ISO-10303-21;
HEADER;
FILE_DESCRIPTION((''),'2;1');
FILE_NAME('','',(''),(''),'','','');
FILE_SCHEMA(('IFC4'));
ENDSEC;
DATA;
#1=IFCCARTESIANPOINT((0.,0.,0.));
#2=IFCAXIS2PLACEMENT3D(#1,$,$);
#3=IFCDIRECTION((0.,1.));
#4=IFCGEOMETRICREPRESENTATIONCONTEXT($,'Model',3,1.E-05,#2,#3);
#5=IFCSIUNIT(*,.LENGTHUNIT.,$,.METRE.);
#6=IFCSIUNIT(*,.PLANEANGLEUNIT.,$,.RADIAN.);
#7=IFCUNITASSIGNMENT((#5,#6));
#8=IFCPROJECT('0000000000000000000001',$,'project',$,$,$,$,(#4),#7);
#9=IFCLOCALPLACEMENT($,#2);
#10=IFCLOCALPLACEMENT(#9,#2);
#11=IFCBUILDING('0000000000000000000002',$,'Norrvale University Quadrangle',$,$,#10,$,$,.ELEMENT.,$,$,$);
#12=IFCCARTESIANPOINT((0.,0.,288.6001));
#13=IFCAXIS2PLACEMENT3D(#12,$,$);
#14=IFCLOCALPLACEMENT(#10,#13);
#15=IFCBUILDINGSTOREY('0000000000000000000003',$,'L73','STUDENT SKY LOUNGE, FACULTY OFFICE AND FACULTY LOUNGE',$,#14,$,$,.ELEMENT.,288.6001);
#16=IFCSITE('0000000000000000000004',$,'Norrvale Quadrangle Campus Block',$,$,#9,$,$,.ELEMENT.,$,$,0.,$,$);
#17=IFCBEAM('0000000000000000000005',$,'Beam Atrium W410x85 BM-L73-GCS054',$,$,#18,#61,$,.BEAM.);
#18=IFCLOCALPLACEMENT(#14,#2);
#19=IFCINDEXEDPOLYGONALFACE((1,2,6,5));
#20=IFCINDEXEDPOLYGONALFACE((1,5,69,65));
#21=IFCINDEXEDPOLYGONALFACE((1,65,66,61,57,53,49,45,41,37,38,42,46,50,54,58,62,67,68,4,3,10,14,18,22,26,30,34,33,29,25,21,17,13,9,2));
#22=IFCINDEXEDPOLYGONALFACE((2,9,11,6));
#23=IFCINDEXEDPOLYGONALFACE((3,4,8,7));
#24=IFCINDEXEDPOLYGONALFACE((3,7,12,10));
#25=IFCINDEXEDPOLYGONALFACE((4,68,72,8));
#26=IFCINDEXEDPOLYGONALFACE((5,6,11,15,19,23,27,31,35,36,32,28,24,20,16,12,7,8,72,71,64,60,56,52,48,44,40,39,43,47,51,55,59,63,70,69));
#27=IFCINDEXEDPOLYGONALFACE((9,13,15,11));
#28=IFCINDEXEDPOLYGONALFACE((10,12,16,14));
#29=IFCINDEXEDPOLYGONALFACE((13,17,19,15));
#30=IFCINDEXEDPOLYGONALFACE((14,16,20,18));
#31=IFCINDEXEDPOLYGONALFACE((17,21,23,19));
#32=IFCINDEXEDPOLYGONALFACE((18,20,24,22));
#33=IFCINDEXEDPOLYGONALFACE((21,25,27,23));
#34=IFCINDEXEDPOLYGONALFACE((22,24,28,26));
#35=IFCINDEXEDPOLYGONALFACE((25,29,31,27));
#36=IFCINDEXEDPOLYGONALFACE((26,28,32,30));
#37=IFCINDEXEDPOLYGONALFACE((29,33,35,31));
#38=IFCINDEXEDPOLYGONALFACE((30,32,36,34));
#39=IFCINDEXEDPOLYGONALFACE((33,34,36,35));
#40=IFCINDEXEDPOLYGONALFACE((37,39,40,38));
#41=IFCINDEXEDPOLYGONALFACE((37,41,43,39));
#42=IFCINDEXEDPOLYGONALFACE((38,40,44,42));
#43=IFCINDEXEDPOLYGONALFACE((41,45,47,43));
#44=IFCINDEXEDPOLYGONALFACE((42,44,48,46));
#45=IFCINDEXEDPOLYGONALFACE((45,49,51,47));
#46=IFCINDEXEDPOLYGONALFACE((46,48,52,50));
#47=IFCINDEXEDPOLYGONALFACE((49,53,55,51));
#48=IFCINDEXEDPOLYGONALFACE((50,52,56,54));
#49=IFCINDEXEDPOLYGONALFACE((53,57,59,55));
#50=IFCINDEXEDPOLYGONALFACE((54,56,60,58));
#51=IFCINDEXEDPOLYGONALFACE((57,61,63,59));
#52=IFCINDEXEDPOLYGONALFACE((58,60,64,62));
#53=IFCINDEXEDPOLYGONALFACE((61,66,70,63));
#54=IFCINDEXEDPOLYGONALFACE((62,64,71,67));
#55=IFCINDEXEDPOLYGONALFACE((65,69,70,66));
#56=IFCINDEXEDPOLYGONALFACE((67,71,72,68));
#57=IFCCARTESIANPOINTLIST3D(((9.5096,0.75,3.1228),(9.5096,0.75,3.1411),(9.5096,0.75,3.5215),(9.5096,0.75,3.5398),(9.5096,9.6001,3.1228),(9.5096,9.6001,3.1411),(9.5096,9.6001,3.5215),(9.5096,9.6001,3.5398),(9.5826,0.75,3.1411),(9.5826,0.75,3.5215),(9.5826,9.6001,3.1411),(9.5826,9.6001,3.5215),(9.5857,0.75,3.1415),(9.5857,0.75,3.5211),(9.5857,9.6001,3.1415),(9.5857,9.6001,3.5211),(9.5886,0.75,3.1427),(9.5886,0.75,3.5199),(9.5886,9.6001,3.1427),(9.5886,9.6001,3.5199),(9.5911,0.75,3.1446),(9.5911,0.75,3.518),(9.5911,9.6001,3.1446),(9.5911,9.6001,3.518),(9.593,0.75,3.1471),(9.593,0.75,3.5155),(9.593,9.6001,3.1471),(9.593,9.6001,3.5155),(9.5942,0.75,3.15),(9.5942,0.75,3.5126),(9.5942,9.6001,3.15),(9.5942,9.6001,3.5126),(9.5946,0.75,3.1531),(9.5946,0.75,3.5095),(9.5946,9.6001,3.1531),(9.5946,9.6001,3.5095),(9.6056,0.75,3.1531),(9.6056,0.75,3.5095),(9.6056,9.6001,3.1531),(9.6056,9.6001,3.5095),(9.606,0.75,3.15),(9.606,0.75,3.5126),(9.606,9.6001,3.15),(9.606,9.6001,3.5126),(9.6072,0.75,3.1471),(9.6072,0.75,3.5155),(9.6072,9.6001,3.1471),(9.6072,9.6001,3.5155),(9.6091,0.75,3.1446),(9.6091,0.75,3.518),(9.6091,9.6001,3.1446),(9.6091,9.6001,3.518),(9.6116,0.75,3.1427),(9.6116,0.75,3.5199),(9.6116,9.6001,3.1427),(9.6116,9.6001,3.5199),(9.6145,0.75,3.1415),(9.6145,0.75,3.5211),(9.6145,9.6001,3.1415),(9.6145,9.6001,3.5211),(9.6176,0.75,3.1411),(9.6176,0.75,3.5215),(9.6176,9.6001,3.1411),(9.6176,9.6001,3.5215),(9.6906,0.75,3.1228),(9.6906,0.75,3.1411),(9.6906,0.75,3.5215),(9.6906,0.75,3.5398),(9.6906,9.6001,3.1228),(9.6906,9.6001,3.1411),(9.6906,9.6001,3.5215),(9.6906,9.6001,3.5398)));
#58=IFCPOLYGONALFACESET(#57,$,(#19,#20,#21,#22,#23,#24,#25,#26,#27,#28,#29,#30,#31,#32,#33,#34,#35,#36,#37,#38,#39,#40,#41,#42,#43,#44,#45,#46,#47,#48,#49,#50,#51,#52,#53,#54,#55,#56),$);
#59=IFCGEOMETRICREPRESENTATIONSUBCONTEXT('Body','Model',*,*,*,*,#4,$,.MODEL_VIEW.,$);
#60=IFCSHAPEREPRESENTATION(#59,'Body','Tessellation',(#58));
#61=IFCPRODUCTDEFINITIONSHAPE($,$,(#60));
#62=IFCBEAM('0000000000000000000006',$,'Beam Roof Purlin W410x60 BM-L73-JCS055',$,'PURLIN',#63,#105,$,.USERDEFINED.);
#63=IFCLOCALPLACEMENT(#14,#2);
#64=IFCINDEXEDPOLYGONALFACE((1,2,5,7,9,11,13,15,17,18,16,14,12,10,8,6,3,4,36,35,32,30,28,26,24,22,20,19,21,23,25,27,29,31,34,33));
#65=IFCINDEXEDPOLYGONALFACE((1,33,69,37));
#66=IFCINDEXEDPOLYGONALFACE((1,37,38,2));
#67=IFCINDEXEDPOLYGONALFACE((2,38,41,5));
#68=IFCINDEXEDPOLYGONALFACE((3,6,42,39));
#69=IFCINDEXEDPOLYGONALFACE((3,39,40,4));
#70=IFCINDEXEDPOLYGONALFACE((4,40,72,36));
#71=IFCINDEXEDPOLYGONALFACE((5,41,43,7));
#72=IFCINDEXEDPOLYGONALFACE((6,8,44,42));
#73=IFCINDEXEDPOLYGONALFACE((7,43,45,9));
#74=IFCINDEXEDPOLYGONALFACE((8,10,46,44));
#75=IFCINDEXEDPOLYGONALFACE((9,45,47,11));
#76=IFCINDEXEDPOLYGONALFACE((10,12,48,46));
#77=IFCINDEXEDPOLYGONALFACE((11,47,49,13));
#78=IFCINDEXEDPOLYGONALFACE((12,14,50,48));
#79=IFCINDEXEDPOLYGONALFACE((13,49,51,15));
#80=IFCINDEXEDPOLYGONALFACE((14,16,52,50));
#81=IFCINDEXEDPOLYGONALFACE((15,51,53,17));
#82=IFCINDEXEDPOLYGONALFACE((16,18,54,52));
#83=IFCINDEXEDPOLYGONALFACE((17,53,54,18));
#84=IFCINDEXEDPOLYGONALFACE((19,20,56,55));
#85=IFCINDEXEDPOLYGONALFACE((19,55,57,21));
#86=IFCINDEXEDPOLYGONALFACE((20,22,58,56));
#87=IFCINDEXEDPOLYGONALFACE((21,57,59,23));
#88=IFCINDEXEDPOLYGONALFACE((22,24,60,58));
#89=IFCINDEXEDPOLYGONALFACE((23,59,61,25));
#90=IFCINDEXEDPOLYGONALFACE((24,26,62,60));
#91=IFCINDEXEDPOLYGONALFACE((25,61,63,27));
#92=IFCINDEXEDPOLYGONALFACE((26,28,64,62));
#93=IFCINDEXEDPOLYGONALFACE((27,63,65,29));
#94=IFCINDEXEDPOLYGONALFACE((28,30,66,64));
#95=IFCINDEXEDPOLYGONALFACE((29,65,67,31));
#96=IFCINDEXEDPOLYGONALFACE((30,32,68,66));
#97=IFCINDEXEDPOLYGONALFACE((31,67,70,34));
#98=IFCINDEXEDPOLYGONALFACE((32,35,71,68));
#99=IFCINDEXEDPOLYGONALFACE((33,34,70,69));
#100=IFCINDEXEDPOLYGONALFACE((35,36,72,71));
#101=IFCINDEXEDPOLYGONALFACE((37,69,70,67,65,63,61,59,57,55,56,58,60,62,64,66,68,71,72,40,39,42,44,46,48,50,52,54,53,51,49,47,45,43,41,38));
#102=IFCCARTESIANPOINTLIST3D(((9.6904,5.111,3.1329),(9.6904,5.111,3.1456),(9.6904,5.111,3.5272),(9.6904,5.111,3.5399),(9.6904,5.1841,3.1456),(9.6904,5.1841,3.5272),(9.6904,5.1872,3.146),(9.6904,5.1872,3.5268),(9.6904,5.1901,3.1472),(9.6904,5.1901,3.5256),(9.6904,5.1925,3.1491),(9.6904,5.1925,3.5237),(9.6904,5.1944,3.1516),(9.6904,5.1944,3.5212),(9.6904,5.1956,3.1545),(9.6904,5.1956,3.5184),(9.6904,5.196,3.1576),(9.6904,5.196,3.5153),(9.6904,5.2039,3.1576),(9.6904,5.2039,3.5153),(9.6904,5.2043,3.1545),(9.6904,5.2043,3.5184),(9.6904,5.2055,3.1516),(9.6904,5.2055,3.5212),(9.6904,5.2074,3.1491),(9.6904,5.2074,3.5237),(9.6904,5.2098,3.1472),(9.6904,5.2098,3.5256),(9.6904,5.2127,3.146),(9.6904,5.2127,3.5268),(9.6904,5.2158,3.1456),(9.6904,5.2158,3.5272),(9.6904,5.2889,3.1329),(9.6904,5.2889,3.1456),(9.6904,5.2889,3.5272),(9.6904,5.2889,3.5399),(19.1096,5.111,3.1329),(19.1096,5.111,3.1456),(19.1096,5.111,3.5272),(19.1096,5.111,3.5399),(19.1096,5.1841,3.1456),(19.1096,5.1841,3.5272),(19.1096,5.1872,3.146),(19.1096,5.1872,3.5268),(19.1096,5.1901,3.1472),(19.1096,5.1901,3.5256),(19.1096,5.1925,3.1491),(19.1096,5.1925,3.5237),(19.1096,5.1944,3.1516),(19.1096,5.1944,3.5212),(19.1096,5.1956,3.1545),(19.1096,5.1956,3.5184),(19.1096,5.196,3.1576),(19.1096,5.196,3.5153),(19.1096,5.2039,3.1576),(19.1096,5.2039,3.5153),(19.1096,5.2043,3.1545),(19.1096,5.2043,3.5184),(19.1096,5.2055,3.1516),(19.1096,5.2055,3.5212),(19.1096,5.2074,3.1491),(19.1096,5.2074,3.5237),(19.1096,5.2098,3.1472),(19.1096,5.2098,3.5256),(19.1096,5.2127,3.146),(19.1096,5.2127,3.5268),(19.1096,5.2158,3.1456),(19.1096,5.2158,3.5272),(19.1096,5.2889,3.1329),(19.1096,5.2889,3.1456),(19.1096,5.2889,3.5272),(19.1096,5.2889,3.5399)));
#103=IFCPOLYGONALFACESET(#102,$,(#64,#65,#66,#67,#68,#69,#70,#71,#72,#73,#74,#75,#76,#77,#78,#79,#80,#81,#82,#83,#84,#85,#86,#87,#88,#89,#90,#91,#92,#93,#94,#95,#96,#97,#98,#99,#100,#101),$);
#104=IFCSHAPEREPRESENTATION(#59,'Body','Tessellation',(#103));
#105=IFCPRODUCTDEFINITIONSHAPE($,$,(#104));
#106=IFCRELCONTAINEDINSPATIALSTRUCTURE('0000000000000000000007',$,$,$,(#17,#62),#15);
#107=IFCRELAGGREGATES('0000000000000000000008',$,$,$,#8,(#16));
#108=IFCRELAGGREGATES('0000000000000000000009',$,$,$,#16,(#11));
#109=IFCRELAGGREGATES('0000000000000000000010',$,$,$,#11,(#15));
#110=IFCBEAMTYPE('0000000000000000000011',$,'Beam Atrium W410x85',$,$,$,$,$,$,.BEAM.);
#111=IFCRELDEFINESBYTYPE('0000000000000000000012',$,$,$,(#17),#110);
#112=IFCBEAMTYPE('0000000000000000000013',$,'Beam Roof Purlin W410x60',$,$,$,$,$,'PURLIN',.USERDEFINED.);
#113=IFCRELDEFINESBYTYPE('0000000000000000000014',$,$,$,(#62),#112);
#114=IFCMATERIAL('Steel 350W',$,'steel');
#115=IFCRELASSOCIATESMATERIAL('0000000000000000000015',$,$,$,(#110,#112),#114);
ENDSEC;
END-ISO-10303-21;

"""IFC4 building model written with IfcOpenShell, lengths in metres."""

from ifc_helpers import new_model, si_unit, direction, frame, origin, origin_2d, place, context, subcontext, project, spatial, i_section, extrude, material, material_profile, profile_set, type_object, element, save


model = new_model("IFC4")

# Units and contexts
model_context = context("Model", 3, precision=1e-05, world=origin(), true_north=direction((0.0, 1.0)))
body_context = subcontext(model_context, "Body", "Model", "MODEL_VIEW")
ifc_project = project(units=[si_unit("LENGTHUNIT", "METRE"), si_unit("PLANEANGLEUNIT", "RADIAN")], contexts=[model_context])

# Site, building, storey
site_placement = place(None, origin())
site = spatial("IfcSite", under=ifc_project, at=site_placement, Name="Norrvale Quadrangle Campus Block", CompositionType="ELEMENT", RefElevation=0.0)
building_placement = place(site_placement, origin())
building = spatial("IfcBuilding", under=site, at=building_placement, Name="Norrvale University Quadrangle", CompositionType="ELEMENT")
storey_placement = place(building_placement, frame((0.0, 0.0, 288.6001)))
storey = spatial("IfcBuildingStorey", under=building, at=storey_placement, Name="L73", Description="STUDENT SKY LOUNGE, FACULTY OFFICE AND FACULTY LOUNGE", CompositionType="ELEMENT", Elevation=288.6001)

# Beams
ifc_material_1 = material(Name="Steel 350W", Category="steel")
ifc_material_profile_1 = material_profile(ifc_material_1, i_section(OverallWidth=0.1809, OverallDepth=0.417, WebThickness=0.011, FlangeThickness=0.0183, FilletRadius=0.012, at=origin_2d()), Name="Steel 350W")
ifc_profile_set_1 = profile_set([ifc_material_profile_1], Name="Steel 350W")
beam_type_1 = type_object("IfcBeamType", Name="Beam Atrium W410x85", PredefinedType="BEAM", material=ifc_profile_set_1)
beam_1_placement = place(storey_placement, frame((9.6001, 0.75, 3.3313), z_axis=(0.0, 1.0, 0.0), x_axis=(-1.0, 0.0, 0.0)))
element("IfcBeam", 1, at=beam_1_placement, inside=storey, type_object=beam_type_1, Name="Beam Atrium W410x85 BM-L73-GCS054", PredefinedType="BEAM", context=body_context, shape_type="SweptSolid", body=[
    extrude(i_section(OverallWidth=0.1809, OverallDepth=0.417, WebThickness=0.011, FlangeThickness=0.0183, FilletRadius=0.012, at=origin_2d()), origin(), (0.0, 0.0, 1.0), 8.8501),
])
ifc_material_profile_2 = material_profile(ifc_material_1, i_section(OverallWidth=0.178, OverallDepth=0.407, WebThickness=0.0078, FlangeThickness=0.0127, FilletRadius=0.012, at=origin_2d()), Name="Steel 350W")
ifc_profile_set_2 = profile_set([ifc_material_profile_2], Name="Steel 350W")
beam_type_2 = type_object("IfcBeamType", Name="Beam Roof Purlin W410x60", ElementType="PURLIN", PredefinedType="USERDEFINED", material=ifc_profile_set_2)
beam_2_placement = place(storey_placement, frame((9.6904, 5.2, 3.3364), z_axis=(1.0, 0.0, 0.0), x_axis=(0.0, 1.0, 0.0)))
element("IfcBeam", 2, at=beam_2_placement, inside=storey, type_object=beam_type_2, Name="Beam Roof Purlin W410x60 BM-L73-JCS055", ObjectType="PURLIN", PredefinedType="USERDEFINED", context=body_context, shape_type="SweptSolid", body=[
    extrude(i_section(OverallWidth=0.178, OverallDepth=0.407, WebThickness=0.0078, FlangeThickness=0.0127, FilletRadius=0.012, at=origin_2d()), origin(), (0.0, 0.0, 1.0), 9.4192),
])

save(model, "model.ifc")
